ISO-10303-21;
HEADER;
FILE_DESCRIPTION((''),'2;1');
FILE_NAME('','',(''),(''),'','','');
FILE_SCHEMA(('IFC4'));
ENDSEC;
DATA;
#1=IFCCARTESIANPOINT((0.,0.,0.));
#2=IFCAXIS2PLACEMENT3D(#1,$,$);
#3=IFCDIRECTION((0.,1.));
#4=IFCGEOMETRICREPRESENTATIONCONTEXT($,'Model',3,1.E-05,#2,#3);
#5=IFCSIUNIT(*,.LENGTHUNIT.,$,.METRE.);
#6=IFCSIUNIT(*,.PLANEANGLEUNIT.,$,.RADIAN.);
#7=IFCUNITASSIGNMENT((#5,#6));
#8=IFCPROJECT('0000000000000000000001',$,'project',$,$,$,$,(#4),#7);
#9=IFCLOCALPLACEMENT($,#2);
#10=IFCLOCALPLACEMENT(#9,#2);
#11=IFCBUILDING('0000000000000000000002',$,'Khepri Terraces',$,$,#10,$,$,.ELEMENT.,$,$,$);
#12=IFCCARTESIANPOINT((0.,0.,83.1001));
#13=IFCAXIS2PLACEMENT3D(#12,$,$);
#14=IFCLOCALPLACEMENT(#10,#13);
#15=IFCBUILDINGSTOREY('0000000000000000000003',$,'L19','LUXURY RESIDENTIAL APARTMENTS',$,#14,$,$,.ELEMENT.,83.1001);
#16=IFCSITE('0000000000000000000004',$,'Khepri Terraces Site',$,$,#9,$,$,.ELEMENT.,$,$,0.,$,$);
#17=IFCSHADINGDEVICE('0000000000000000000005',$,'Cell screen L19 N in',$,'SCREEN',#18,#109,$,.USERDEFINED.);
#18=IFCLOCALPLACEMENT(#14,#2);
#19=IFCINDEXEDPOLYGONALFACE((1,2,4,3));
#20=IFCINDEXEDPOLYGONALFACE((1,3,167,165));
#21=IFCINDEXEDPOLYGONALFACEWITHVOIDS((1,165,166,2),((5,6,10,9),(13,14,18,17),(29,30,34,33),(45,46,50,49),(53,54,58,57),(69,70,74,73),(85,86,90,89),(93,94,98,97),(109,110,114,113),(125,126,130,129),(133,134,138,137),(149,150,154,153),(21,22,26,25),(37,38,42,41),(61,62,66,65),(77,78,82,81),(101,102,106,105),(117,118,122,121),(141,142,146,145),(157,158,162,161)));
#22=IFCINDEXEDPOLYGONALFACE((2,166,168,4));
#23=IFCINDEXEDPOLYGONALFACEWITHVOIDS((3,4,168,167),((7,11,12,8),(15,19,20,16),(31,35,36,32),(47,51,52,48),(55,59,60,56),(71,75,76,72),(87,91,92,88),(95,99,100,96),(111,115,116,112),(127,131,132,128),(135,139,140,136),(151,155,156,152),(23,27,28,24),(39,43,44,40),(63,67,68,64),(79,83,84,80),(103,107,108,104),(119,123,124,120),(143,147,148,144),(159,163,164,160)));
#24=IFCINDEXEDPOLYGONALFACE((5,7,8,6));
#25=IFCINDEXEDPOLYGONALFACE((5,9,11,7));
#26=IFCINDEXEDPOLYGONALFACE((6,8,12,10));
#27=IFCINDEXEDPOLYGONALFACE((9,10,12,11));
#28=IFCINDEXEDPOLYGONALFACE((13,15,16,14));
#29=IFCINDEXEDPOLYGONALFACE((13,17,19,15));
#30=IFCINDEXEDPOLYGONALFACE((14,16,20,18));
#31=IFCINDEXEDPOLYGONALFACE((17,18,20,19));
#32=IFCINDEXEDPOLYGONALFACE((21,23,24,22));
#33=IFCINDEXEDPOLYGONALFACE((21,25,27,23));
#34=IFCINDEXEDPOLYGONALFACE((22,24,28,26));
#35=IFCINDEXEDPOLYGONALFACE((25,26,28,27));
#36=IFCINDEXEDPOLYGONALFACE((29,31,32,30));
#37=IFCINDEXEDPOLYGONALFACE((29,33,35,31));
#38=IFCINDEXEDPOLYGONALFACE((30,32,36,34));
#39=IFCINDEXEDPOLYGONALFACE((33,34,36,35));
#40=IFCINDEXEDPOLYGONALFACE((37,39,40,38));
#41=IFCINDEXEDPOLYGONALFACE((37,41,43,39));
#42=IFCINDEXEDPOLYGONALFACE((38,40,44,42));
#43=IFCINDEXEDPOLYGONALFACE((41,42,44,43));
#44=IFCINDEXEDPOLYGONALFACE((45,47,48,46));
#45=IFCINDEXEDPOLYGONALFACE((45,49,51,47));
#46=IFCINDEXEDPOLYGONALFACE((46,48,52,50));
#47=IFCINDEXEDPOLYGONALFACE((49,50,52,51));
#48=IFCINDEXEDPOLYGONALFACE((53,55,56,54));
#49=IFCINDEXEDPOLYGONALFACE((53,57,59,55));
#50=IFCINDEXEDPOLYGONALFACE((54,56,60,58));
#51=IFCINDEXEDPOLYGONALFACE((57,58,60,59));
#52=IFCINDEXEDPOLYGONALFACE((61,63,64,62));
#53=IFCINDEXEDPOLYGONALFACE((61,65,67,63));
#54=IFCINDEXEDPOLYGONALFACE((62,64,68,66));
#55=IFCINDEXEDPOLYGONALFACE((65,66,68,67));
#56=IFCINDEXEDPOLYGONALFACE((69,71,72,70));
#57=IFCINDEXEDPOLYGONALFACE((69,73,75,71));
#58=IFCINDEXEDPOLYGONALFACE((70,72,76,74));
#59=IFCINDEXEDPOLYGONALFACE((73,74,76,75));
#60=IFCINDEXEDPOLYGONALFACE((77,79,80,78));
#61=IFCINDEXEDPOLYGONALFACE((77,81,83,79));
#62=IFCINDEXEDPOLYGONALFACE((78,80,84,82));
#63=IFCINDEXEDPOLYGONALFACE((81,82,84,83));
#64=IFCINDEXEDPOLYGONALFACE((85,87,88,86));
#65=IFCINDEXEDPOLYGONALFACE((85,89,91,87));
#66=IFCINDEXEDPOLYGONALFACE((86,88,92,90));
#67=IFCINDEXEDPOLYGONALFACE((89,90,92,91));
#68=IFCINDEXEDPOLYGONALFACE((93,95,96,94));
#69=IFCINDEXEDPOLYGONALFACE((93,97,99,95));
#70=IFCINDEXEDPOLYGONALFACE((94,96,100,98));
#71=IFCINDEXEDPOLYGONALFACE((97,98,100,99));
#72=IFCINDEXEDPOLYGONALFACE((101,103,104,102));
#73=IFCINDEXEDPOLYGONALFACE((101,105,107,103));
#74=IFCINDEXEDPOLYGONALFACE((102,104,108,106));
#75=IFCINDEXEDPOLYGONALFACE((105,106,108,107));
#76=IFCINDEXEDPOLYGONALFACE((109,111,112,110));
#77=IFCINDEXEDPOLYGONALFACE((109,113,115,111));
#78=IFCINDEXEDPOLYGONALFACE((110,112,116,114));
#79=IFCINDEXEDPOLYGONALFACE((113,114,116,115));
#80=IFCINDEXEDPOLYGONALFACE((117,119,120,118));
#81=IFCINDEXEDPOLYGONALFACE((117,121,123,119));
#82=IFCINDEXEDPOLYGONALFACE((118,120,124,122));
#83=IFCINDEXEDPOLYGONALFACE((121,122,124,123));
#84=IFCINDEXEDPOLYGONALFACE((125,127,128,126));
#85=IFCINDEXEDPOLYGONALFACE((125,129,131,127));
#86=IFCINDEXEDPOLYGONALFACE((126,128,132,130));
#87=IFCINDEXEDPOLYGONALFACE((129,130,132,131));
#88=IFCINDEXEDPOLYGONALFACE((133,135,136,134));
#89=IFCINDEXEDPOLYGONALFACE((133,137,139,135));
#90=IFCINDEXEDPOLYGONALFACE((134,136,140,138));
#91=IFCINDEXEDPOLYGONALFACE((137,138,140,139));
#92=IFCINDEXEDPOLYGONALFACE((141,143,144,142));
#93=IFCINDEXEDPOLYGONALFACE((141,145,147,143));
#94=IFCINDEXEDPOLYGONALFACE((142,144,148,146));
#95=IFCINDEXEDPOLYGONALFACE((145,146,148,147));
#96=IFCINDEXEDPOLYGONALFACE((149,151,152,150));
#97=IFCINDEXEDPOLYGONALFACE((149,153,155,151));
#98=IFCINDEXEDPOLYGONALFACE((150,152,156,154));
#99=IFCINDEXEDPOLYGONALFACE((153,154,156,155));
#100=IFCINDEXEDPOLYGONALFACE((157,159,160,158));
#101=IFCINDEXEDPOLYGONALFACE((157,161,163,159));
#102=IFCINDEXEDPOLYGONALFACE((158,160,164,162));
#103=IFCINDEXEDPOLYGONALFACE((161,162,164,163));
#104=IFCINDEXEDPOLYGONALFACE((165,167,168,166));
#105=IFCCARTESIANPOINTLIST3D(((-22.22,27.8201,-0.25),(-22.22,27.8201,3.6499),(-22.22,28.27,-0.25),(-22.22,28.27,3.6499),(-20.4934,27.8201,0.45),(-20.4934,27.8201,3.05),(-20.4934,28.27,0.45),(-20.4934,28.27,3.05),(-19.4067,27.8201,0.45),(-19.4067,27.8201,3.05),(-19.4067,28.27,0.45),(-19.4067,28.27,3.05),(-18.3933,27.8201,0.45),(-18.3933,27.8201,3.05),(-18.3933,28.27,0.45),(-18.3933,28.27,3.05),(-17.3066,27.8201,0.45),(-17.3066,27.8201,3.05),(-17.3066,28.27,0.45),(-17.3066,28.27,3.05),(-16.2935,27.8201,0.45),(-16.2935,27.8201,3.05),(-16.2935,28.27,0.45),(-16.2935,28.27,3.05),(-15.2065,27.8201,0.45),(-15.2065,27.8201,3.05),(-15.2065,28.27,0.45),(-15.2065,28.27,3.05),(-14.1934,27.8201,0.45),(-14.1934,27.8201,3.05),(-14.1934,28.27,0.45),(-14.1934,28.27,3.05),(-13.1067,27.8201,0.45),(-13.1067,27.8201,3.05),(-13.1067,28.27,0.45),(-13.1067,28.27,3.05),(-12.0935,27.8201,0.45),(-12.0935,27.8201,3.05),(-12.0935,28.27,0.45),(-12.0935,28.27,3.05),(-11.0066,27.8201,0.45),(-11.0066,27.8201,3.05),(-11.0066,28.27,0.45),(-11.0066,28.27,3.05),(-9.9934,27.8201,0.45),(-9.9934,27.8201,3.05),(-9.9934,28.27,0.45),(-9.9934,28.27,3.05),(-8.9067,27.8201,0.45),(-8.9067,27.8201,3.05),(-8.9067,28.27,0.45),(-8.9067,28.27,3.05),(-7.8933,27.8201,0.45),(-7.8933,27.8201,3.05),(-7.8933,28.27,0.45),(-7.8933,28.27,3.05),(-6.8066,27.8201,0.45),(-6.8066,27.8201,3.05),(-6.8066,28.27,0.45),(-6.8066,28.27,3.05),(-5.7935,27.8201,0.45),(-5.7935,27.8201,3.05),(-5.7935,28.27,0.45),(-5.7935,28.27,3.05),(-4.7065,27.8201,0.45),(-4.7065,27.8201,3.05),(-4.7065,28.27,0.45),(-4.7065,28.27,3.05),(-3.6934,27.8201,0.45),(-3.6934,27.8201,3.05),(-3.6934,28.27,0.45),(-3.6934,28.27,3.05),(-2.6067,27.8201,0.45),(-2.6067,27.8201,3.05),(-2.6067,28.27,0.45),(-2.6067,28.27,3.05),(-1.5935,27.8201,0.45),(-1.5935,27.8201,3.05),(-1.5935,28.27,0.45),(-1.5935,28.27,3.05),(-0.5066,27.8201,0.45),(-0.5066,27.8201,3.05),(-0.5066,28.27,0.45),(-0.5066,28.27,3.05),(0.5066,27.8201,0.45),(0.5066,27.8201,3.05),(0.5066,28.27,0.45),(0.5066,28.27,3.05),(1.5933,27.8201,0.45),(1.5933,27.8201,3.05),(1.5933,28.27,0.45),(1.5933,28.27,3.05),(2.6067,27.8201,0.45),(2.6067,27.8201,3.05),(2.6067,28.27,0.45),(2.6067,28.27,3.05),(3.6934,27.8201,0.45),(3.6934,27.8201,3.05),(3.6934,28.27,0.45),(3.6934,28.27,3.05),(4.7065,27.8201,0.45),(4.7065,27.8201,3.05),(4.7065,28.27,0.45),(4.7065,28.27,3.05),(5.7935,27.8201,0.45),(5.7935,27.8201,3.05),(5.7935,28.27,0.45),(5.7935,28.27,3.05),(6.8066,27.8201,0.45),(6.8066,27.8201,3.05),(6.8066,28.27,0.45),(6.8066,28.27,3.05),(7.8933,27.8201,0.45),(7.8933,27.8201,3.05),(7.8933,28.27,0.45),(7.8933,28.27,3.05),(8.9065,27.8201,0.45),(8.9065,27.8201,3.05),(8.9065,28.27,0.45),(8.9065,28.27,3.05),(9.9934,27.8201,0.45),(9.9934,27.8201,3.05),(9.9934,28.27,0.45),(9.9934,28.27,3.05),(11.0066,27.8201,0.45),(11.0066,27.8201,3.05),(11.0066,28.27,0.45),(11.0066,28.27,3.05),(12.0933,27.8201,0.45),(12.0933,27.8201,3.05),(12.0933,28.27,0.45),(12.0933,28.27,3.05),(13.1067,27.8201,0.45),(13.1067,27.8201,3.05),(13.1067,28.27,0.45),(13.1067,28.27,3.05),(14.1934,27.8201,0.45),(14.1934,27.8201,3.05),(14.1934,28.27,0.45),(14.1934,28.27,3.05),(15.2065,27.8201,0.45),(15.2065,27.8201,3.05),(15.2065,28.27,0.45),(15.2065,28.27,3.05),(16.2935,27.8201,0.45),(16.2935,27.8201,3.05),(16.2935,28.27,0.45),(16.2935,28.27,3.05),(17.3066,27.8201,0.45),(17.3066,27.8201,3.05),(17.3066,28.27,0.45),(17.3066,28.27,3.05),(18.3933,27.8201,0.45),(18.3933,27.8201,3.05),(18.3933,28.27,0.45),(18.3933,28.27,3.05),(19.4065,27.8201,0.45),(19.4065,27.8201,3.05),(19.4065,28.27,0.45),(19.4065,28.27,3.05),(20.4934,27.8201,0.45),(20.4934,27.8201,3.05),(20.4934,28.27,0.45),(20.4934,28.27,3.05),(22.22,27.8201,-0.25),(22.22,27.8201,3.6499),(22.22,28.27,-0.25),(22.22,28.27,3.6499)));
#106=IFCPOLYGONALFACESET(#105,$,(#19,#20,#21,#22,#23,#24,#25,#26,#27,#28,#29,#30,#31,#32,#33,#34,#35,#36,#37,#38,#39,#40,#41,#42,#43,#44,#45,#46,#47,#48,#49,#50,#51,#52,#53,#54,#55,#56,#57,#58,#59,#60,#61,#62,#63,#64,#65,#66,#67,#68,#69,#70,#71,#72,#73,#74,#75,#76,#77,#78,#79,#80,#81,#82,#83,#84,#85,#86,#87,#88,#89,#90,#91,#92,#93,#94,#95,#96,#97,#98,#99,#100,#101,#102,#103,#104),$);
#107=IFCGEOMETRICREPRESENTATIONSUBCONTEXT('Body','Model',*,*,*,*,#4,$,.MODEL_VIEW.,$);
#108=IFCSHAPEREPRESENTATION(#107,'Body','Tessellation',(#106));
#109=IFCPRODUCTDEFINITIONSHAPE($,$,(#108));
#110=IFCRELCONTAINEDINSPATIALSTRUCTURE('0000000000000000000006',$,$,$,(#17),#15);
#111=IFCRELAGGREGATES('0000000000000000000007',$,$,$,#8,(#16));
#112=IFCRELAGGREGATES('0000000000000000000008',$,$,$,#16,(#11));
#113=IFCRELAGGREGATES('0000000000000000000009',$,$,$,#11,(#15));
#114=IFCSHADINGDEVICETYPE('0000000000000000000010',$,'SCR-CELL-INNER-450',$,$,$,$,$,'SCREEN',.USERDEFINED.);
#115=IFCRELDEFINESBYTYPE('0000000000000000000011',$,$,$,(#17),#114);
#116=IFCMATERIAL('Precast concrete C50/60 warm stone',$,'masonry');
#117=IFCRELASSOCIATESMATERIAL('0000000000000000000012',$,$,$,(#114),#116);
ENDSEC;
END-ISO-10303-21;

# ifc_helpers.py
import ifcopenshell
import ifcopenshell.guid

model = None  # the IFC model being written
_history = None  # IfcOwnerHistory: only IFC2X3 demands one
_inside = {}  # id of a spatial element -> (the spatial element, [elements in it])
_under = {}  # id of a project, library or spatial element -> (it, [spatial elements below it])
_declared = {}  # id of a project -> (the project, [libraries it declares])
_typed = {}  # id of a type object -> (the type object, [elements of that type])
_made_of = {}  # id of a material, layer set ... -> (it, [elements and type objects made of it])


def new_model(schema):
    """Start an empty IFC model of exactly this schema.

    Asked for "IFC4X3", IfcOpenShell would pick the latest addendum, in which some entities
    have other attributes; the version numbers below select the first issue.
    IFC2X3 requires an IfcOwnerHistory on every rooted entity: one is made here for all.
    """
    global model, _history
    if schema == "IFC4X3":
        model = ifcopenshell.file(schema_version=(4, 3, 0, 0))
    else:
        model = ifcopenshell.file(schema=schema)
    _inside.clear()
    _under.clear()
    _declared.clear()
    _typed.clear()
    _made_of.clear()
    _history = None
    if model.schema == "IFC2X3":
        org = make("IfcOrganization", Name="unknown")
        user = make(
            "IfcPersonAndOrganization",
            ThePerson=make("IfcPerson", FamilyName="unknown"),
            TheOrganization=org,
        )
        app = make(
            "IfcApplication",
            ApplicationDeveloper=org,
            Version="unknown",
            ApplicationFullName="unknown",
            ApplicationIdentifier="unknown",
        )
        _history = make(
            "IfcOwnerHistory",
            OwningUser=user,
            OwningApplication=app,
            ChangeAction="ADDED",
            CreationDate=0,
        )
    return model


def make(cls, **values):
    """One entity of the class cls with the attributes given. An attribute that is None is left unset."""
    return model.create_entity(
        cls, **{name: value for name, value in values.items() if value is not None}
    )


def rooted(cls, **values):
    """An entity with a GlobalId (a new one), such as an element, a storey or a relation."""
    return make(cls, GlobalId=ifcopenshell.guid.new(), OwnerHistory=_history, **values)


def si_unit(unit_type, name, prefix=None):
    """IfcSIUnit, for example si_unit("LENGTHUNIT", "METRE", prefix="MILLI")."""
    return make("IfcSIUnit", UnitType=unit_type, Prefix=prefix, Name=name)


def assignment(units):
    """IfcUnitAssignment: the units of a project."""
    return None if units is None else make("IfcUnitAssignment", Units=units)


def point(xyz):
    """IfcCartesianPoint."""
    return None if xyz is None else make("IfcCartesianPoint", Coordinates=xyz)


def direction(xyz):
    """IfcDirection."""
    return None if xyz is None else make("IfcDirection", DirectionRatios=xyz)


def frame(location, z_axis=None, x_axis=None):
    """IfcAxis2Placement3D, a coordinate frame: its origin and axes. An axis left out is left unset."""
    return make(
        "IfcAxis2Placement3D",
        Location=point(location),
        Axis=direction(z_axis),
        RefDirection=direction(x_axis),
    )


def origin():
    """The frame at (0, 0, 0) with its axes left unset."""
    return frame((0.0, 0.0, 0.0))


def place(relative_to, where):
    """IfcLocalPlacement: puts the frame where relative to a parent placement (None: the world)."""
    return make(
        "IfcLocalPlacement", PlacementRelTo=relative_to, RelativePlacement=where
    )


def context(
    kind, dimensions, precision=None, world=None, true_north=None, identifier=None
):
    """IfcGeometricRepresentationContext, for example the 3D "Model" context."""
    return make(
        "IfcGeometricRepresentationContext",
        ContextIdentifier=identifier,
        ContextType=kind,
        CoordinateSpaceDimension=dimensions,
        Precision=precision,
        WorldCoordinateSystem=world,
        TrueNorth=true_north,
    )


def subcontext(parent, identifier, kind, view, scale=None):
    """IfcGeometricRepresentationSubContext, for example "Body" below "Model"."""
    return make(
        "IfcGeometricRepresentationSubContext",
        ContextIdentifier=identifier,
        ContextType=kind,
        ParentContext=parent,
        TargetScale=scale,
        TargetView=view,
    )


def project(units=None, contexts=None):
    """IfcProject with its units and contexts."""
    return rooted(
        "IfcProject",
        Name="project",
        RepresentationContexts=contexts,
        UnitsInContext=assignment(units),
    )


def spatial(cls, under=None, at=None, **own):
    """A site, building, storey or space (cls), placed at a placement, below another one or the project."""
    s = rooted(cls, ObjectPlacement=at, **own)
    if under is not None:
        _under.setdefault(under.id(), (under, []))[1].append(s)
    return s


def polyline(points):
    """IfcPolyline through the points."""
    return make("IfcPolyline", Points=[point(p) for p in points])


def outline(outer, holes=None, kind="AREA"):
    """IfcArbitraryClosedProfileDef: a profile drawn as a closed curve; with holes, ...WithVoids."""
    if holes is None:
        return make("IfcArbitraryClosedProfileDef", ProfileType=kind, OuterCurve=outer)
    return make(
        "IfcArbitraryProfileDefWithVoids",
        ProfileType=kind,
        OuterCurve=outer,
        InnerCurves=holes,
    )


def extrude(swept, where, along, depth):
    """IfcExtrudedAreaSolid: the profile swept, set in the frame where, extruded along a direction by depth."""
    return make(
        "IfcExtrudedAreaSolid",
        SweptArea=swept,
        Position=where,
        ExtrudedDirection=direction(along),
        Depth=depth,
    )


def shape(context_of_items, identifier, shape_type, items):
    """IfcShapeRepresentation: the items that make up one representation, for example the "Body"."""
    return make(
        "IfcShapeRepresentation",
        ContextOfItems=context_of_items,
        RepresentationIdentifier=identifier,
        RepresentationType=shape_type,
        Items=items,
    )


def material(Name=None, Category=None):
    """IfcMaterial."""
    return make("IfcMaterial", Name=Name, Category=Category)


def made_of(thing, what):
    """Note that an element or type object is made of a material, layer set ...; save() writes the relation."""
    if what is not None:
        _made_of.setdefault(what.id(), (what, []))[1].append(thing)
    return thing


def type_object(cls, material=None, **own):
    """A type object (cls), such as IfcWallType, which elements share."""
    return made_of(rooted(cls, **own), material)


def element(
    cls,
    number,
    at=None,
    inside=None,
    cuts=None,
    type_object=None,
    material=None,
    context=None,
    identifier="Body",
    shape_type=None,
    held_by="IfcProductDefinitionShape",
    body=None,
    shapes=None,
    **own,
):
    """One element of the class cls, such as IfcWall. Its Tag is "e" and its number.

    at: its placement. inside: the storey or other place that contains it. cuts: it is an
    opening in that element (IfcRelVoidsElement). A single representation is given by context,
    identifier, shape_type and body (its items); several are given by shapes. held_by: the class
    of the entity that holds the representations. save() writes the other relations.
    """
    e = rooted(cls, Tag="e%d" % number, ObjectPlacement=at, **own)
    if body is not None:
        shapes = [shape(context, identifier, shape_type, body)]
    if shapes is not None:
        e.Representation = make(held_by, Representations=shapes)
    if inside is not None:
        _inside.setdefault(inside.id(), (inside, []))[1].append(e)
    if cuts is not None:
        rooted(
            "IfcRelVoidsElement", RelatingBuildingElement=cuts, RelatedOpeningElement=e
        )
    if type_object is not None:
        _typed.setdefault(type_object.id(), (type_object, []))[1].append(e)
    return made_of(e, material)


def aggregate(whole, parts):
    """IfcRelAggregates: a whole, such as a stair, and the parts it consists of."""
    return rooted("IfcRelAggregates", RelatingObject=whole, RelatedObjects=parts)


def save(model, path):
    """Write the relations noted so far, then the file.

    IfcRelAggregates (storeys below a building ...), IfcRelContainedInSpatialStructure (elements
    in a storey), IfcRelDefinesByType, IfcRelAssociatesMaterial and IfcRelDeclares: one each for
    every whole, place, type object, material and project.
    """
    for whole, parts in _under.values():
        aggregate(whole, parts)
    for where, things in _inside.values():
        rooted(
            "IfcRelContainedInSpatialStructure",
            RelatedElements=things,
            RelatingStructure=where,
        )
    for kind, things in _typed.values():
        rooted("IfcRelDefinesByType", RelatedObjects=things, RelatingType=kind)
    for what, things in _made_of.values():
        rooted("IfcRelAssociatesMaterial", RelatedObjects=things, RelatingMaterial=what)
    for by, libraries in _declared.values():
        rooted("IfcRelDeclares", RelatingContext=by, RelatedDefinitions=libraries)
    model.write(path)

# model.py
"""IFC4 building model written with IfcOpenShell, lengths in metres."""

from ifc_helpers import new_model, si_unit, direction, frame, origin, place, context, subcontext, project, spatial, polyline, outline, extrude, material, type_object, element, save


model = new_model("IFC4")

# Units and contexts
model_context = context("Model", 3, precision=1e-05, world=origin(), true_north=direction((0.0, 1.0)))
body_context = subcontext(model_context, "Body", "Model", "MODEL_VIEW")
ifc_project = project(units=[si_unit("LENGTHUNIT", "METRE"), si_unit("PLANEANGLEUNIT", "RADIAN")], contexts=[model_context])

# Site, building, storey
site_placement = place(None, origin())
site = spatial("IfcSite", under=ifc_project, at=site_placement, Name="Khepri Terraces Site", CompositionType="ELEMENT", RefElevation=0.0)
building_placement = place(site_placement, origin())
building = spatial("IfcBuilding", under=site, at=building_placement, Name="Khepri Terraces", CompositionType="ELEMENT")
storey_placement = place(building_placement, frame((0.0, 0.0, 83.1001)))
storey = spatial("IfcBuildingStorey", under=building, at=storey_placement, Name="L19", Description="LUXURY RESIDENTIAL APARTMENTS", CompositionType="ELEMENT", Elevation=83.1001)

# Shared definitions
ifc_material_1 = material(Name="Precast concrete C50/60 warm stone", Category="masonry")

# Shading device
shading_device_type_1 = type_object("IfcShadingDeviceType", Name="SCR-CELL-INNER-450", ElementType="SCREEN", PredefinedType="USERDEFINED", material=ifc_material_1)
shading_device_1_placement = place(storey_placement, frame((22.22, 27.8201, -0.25), z_axis=(0.0, 1.0, 0.0), x_axis=(-1.0, 0.0, 0.0)))
element("IfcShadingDevice", 1, at=shading_device_1_placement, inside=storey, type_object=shading_device_type_1, Name="Cell screen L19 N in", ObjectType="SCREEN", PredefinedType="USERDEFINED", context=body_context, shape_type="SweptSolid", body=[
    extrude(outline(polyline([(0.0, 0.0), (44.4399, 0.0), (44.4399, 3.8999), (0.0, 3.8999), (0.0, 0.0)]), holes=[polyline([(1.7266, 0.7), (2.8135, 0.7), (2.8135, 3.3), (1.7266, 3.3), (1.7266, 0.7)]), polyline([(3.8267, 0.7), (4.9133, 0.7), (4.9133, 3.3), (3.8267, 3.3), (3.8267, 0.7)]), polyline([(5.9265, 0.7), (7.0134, 0.7), (7.0134, 3.3), (5.9265, 3.3), (5.9265, 0.7)]), polyline([(8.0266, 0.7), (9.1133, 0.7), (9.1133, 3.3), (8.0266, 3.3), (8.0266, 0.7)]), polyline([(10.1267, 0.7), (11.2134, 0.7), (11.2134, 3.3), (10.1267, 3.3), (10.1267, 0.7)]), polyline([(12.2266, 0.7), (13.3135, 0.7), (13.3135, 3.3), (12.2266, 3.3), (12.2266, 0.7)]), polyline([(14.3267, 0.7), (15.4133, 0.7), (15.4133, 3.3), (14.3267, 3.3), (14.3267, 0.7)]), polyline([(16.4265, 0.7), (17.5134, 0.7), (17.5134, 3.3), (16.4265, 3.3), (16.4265, 0.7)]), polyline([(18.5266, 0.7), (19.6133, 0.7), (19.6133, 3.3), (18.5266, 3.3), (18.5266, 0.7)]), polyline([(20.6267, 0.7), (21.7134, 0.7), (21.7134, 3.3), (20.6267, 3.3), (20.6267, 0.7)]), polyline([(22.7266, 0.7), (23.8135, 0.7), (23.8135, 3.3), (22.7266, 3.3), (22.7266, 0.7)]), polyline([(24.8267, 0.7), (25.9133, 0.7), (25.9133, 3.3), (24.8267, 3.3), (24.8267, 0.7)]), polyline([(26.9265, 0.7), (28.0134, 0.7), (28.0134, 3.3), (26.9265, 3.3), (26.9265, 0.7)]), polyline([(29.0266, 0.7), (30.1133, 0.7), (30.1133, 3.3), (29.0266, 3.3), (29.0266, 0.7)]), polyline([(31.1267, 0.7), (32.2134, 0.7), (32.2134, 3.3), (31.1267, 3.3), (31.1267, 0.7)]), polyline([(33.2266, 0.7), (34.3135, 0.7), (34.3135, 3.3), (33.2266, 3.3), (33.2266, 0.7)]), polyline([(35.3267, 0.7), (36.4133, 0.7), (36.4133, 3.3), (35.3267, 3.3), (35.3267, 0.7)]), polyline([(37.4265, 0.7), (38.5134, 0.7), (38.5134, 3.3), (37.4265, 3.3), (37.4265, 0.7)]), polyline([(39.5266, 0.7), (40.6133, 0.7), (40.6133, 3.3), (39.5266, 3.3), (39.5266, 0.7)]), polyline([(41.6267, 0.7), (42.7134, 0.7), (42.7134, 3.3), (41.6267, 3.3), (41.6267, 0.7)])]), origin(), (0.0, 0.0, 1.0), 0.45),
])

save(model, "model.ifc")
